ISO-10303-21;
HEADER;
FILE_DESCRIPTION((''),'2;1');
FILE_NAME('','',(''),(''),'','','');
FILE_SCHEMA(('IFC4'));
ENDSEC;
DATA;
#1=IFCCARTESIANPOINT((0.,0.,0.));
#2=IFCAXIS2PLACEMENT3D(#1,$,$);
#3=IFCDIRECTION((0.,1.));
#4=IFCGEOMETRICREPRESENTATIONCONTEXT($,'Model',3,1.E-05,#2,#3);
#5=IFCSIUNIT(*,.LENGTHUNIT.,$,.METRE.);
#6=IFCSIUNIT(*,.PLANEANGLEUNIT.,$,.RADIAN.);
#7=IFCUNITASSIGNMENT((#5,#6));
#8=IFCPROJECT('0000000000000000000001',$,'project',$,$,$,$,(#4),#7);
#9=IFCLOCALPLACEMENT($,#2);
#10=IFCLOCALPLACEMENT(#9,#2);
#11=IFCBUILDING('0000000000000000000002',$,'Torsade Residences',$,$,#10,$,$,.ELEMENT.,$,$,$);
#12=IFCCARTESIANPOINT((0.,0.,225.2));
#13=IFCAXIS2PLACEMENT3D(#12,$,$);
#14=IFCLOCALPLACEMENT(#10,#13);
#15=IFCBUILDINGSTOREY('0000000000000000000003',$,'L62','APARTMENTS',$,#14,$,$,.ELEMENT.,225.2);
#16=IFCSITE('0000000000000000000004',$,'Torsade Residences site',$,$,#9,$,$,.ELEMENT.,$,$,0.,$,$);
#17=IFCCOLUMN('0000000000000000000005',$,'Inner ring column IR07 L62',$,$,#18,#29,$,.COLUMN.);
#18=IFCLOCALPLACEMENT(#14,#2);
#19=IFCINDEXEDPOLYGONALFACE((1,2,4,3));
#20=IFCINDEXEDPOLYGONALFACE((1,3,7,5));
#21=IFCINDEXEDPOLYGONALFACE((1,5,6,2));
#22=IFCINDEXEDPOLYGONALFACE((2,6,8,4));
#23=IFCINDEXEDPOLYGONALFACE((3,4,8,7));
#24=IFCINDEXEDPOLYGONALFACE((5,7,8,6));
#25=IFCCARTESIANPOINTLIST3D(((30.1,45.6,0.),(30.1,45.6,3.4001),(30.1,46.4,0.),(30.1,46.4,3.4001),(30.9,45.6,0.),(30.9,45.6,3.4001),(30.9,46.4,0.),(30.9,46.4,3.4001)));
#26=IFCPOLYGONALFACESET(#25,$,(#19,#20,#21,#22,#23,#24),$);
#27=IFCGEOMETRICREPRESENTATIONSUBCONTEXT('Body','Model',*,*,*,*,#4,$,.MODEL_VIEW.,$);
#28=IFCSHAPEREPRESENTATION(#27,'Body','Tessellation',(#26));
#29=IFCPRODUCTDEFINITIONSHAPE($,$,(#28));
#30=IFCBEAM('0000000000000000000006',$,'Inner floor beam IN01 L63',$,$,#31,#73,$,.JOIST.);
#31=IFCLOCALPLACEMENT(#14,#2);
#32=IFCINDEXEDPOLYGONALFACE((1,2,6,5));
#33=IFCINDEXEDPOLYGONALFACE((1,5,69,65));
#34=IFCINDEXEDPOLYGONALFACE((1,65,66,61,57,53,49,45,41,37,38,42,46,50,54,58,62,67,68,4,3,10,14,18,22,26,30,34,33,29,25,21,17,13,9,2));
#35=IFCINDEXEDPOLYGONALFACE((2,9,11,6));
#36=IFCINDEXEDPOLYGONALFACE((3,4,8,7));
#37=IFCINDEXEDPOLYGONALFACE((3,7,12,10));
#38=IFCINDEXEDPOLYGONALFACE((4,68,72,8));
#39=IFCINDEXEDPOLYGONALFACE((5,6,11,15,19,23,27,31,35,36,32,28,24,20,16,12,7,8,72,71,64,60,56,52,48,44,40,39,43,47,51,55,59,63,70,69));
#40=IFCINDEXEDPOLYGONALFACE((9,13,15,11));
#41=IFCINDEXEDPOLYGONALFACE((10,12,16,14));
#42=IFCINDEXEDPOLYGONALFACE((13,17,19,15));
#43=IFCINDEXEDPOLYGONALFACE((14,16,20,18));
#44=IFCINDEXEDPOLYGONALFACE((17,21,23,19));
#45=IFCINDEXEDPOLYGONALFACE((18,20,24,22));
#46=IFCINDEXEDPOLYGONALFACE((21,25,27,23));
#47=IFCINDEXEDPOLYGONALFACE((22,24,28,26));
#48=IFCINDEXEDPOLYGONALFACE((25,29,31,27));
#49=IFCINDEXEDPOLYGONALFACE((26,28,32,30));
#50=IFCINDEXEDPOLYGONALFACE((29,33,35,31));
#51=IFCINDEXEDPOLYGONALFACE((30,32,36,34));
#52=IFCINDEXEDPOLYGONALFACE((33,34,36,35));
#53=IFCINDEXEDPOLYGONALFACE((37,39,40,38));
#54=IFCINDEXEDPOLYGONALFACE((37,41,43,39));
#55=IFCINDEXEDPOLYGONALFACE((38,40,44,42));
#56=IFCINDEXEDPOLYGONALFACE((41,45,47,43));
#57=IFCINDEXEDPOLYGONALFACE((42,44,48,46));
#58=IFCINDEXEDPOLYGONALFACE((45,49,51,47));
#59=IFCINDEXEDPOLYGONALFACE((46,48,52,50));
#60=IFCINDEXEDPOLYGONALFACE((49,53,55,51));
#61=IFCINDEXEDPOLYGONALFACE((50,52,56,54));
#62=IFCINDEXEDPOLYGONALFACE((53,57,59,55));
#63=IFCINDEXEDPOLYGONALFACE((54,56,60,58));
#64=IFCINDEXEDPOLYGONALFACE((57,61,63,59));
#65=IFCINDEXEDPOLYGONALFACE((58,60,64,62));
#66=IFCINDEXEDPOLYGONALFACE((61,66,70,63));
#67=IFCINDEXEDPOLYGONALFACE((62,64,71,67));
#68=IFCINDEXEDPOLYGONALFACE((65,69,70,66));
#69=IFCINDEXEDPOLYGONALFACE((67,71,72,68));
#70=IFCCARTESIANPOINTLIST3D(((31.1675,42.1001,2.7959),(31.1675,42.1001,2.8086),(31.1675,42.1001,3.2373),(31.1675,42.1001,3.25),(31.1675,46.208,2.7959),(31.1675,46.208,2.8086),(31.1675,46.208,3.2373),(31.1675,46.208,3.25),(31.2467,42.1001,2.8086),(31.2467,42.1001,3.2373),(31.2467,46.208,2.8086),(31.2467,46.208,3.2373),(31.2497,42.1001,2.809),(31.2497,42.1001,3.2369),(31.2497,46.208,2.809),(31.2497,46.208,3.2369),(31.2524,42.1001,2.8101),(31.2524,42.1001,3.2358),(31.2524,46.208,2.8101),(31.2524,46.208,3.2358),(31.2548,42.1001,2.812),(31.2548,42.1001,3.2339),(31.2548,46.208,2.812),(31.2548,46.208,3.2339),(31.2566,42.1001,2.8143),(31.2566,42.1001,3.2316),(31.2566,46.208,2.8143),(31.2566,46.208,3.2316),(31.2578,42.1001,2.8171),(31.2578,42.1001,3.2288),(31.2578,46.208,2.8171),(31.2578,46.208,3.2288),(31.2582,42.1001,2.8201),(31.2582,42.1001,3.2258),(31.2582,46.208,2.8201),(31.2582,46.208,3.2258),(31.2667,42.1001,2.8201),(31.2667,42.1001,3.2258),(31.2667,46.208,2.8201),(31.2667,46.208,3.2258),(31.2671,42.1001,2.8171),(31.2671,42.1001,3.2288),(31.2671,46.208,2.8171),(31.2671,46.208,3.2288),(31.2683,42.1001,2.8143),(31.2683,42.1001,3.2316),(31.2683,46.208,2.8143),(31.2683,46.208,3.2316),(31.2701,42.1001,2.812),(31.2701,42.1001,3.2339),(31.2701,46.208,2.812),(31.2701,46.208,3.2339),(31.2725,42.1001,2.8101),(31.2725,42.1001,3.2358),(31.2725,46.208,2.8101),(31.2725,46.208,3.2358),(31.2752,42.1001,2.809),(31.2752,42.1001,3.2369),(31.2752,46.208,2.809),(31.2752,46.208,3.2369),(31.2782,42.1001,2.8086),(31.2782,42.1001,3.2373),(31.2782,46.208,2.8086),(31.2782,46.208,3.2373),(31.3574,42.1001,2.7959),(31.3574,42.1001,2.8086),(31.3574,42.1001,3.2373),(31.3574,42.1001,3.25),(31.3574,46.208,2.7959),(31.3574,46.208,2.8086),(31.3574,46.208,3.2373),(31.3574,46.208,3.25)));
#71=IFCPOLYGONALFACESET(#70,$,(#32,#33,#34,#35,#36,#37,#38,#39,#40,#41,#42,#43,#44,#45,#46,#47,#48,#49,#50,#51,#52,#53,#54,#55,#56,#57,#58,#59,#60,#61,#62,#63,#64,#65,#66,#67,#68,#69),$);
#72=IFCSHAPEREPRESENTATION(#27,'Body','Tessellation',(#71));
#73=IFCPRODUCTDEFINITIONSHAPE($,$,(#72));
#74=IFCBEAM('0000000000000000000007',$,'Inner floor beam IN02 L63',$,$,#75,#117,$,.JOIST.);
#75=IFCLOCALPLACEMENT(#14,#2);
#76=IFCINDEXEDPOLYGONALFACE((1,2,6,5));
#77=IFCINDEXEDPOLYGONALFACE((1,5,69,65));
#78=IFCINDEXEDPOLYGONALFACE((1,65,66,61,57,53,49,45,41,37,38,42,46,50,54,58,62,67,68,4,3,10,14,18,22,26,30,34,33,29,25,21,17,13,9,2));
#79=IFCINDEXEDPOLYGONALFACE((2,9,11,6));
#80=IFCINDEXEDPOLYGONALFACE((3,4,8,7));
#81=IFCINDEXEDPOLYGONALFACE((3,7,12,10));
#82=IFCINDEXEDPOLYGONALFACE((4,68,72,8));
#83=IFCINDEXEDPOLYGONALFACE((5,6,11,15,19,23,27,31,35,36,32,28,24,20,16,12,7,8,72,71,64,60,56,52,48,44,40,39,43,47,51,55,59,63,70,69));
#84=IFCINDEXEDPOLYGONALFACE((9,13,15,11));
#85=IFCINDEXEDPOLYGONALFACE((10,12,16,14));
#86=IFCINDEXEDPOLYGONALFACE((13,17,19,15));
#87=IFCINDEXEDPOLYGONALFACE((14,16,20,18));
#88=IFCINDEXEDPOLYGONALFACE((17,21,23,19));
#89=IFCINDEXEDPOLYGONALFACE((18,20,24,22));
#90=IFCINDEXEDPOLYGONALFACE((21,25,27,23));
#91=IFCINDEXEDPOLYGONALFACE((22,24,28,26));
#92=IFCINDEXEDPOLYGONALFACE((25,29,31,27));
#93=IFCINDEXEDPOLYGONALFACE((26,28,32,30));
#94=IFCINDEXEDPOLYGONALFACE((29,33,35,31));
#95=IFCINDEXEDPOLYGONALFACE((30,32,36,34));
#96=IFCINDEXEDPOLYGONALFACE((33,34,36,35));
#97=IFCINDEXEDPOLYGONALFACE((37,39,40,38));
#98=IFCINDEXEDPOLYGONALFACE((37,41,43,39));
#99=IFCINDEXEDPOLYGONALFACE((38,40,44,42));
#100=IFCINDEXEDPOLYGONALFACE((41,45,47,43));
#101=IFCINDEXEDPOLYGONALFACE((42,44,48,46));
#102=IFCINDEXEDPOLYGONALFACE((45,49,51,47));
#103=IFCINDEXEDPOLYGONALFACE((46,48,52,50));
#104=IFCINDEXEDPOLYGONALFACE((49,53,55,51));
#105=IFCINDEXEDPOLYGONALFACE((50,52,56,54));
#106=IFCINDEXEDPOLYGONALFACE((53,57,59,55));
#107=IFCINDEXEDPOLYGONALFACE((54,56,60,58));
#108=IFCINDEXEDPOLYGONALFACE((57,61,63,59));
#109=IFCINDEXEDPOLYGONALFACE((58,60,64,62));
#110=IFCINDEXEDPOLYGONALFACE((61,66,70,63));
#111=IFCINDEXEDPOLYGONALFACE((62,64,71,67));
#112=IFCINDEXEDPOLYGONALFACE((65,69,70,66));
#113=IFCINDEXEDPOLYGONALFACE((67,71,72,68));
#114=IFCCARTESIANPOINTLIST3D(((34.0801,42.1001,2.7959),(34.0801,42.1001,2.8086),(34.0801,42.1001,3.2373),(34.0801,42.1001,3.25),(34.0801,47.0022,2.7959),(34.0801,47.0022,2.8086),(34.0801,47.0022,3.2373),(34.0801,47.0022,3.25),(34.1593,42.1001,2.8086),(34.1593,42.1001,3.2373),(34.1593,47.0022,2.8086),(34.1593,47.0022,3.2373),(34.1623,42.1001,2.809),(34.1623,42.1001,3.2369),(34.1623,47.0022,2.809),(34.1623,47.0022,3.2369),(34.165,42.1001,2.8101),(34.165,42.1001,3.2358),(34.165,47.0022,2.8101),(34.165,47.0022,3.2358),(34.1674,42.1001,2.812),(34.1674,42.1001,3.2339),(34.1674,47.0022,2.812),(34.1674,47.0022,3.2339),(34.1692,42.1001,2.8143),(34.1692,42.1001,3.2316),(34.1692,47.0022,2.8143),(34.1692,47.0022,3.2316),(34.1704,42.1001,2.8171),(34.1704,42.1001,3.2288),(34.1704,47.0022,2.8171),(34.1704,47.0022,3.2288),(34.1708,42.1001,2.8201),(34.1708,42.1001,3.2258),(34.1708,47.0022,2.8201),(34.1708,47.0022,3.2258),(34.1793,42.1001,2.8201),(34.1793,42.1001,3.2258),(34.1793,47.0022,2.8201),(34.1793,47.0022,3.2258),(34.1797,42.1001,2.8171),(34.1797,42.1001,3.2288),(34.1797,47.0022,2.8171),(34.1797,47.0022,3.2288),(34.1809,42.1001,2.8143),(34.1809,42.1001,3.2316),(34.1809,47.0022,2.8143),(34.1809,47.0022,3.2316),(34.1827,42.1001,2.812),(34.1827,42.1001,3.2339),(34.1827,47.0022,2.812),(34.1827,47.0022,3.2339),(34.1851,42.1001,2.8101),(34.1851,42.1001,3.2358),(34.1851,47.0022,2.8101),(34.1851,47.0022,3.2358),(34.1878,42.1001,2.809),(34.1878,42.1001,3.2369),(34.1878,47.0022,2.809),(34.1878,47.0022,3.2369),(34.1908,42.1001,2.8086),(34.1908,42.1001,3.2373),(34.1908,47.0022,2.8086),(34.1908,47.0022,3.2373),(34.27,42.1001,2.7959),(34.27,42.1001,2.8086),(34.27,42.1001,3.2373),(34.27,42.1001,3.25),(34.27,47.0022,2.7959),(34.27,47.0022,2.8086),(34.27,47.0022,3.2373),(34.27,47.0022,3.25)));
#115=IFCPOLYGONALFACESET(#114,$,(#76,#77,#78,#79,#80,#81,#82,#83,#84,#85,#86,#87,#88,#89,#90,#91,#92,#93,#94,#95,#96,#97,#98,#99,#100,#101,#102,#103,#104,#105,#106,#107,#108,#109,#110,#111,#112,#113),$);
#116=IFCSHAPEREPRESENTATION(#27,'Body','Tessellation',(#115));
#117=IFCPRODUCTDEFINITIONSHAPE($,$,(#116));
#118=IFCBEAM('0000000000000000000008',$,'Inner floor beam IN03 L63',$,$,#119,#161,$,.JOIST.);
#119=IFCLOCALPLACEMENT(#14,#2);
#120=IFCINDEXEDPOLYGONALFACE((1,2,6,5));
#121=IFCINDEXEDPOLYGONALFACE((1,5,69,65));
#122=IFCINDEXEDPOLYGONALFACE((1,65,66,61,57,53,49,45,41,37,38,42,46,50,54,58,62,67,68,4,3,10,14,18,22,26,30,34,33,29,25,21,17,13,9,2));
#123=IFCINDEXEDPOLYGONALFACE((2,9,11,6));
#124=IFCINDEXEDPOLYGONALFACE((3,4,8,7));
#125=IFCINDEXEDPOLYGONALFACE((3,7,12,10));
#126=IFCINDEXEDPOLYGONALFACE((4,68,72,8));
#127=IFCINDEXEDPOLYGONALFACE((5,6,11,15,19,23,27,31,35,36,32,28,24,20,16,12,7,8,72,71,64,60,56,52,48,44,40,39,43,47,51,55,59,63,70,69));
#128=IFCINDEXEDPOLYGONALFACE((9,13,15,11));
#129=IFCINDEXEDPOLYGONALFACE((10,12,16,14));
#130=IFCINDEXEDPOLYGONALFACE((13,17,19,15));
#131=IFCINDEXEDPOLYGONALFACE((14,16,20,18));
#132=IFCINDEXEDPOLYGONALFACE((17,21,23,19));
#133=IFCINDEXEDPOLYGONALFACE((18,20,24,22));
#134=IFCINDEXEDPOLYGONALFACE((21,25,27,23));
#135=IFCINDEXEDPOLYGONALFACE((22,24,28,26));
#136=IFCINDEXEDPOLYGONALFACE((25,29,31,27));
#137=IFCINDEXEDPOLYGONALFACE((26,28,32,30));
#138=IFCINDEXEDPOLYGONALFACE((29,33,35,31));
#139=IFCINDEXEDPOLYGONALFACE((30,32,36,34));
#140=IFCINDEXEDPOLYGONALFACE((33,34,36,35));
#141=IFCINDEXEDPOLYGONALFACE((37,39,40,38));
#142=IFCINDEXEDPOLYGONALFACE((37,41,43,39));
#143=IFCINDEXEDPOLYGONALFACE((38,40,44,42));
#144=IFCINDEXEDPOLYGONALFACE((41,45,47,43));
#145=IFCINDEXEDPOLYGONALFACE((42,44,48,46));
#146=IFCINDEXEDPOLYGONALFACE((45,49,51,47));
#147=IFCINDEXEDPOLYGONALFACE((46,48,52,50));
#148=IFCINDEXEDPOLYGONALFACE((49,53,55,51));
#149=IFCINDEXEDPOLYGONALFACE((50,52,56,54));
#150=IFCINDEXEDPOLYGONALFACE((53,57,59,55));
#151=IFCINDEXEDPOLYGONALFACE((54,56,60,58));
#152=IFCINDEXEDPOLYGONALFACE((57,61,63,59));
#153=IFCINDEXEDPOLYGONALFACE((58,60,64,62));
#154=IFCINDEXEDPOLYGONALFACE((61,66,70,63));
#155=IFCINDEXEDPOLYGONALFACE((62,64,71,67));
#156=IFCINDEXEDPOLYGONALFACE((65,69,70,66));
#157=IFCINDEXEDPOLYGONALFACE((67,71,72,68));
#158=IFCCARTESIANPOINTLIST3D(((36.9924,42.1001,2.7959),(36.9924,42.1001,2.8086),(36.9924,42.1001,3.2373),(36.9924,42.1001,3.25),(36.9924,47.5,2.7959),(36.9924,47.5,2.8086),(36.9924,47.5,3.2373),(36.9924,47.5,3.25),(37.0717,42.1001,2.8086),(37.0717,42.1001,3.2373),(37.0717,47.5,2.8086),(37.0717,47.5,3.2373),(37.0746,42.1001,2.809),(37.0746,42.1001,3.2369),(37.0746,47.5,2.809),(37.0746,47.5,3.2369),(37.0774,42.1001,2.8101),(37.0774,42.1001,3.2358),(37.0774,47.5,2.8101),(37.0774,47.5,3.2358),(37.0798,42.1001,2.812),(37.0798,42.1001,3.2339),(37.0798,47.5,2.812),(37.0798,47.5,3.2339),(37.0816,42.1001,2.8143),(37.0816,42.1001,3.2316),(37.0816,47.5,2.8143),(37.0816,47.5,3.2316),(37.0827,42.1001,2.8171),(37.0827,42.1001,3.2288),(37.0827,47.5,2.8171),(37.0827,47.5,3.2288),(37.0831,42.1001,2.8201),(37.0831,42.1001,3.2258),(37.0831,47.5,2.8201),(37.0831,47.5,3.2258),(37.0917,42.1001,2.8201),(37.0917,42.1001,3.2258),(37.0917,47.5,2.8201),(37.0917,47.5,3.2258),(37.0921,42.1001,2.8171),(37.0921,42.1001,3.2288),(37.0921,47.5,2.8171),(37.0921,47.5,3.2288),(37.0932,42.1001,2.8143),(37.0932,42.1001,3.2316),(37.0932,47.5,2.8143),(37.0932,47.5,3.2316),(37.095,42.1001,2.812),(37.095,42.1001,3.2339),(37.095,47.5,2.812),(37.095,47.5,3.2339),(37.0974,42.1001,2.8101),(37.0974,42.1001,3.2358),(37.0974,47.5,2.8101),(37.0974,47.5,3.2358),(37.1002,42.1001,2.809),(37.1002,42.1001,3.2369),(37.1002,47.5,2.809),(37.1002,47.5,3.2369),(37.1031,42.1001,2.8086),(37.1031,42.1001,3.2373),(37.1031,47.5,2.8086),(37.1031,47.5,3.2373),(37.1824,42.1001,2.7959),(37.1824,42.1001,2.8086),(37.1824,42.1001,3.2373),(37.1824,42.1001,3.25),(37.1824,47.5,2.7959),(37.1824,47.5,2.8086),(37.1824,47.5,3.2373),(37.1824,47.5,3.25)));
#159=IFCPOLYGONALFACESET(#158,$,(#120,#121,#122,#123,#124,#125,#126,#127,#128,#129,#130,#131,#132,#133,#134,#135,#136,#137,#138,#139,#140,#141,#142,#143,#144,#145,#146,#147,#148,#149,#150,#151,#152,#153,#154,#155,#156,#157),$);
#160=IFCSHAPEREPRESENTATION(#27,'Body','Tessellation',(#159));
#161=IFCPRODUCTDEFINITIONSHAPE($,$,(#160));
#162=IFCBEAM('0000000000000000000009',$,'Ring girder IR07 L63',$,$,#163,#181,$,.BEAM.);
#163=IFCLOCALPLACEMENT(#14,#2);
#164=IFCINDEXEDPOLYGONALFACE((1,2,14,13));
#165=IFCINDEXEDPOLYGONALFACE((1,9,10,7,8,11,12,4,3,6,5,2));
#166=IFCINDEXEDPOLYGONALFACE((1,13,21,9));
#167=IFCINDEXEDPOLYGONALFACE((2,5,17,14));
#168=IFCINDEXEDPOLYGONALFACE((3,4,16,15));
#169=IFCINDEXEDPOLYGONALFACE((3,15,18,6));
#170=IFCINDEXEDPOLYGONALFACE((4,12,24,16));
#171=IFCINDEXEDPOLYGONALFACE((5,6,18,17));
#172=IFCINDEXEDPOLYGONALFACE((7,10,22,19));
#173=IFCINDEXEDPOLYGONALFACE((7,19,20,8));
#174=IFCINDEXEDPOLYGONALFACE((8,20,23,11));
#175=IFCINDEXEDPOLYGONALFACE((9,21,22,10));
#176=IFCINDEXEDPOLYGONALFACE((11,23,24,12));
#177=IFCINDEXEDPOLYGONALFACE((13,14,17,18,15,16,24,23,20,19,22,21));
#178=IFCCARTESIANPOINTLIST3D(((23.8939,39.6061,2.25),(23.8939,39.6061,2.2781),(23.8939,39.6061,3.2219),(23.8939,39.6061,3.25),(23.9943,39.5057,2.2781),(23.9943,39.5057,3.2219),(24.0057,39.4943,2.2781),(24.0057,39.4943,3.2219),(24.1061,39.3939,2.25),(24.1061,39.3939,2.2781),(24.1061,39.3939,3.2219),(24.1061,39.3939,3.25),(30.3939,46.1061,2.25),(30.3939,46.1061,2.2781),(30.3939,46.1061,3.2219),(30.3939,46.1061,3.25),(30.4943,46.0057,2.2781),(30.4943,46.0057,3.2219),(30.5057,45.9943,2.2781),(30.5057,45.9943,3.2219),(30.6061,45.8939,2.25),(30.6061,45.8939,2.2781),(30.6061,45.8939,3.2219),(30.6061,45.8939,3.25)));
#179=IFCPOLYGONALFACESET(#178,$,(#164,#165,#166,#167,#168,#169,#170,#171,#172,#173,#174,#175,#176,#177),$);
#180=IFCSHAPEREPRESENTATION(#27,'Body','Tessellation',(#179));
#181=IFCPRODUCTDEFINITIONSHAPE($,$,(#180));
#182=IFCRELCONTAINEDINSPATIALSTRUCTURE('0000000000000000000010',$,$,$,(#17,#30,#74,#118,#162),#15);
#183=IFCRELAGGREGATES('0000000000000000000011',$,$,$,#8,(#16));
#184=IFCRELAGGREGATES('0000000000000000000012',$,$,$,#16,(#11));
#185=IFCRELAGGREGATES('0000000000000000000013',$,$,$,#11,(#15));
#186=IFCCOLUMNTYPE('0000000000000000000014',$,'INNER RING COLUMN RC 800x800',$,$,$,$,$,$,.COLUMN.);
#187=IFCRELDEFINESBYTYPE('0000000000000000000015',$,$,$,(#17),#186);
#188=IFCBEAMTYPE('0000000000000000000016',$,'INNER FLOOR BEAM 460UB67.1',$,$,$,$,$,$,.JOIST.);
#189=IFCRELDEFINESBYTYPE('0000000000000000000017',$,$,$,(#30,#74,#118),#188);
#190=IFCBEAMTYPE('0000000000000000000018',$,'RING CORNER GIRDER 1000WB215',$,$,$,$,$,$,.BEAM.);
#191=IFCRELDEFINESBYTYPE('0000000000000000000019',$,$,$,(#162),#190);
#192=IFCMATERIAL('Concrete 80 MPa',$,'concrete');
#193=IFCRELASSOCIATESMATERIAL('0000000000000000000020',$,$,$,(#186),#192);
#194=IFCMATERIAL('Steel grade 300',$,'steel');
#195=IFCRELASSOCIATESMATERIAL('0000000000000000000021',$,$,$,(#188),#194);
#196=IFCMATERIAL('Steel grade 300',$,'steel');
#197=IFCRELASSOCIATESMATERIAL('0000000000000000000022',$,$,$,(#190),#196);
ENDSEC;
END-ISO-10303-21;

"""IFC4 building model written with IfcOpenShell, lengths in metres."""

from ifc_helpers import new_model, si_unit, direction, frame, origin, origin_2d, place, context, subcontext, project, spatial, rectangle, i_section, extrude, material, material_profile, profile_set, type_object, element, save


model = new_model("IFC4")

# Units and contexts
model_context = context("Model", 3, precision=1e-05, world=origin(), true_north=direction((0.0, 1.0)))
body_context = subcontext(model_context, "Body", "Model", "MODEL_VIEW")
ifc_project = project(units=[si_unit("LENGTHUNIT", "METRE"), si_unit("PLANEANGLEUNIT", "RADIAN")], contexts=[model_context])

# Site, building, storey
site_placement = place(None, origin())
site = spatial("IfcSite", under=ifc_project, at=site_placement, Name="Torsade Residences site", CompositionType="ELEMENT", RefElevation=0.0)
building_placement = place(site_placement, origin())
building = spatial("IfcBuilding", under=site, at=building_placement, Name="Torsade Residences", CompositionType="ELEMENT")
storey_placement = place(building_placement, frame((0.0, 0.0, 225.2)))
storey = spatial("IfcBuildingStorey", under=building, at=storey_placement, Name="L62", Description="APARTMENTS", CompositionType="ELEMENT", Elevation=225.2)

# Column
ifc_material_1 = material(Name="Concrete 80 MPa", Category="concrete")
ifc_material_profile_1 = material_profile(ifc_material_1, rectangle(XDim=0.8, YDim=0.8, at=origin_2d()), Name="RC 800x800")
ifc_profile_set_1 = profile_set([ifc_material_profile_1], Name="Concrete 80 MPa")
column_type = type_object("IfcColumnType", Name="INNER RING COLUMN RC 800x800", PredefinedType="COLUMN", material=ifc_profile_set_1)
column_placement = place(storey_placement, frame((30.5, 46.0, 0.0), z_axis=(0.0, 0.0, 1.0), x_axis=(1.0, 0.0, 0.0)))
element("IfcColumn", 1, at=column_placement, inside=storey, type_object=column_type, Name="Inner ring column IR07 L62", PredefinedType="COLUMN", context=body_context, shape_type="SweptSolid", body=[
    extrude(rectangle(XDim=0.8, YDim=0.8, at=origin_2d()), origin(), (0.0, 0.0, 1.0), 3.4001),
])

# Beams
ifc_material_2 = material(Name="Steel grade 300", Category="steel")
ifc_material_profile_2 = material_profile(ifc_material_2, i_section(OverallWidth=0.1899, OverallDepth=0.4541, WebThickness=0.0085, FlangeThickness=0.0127, FilletRadius=0.0115, at=origin_2d()), Name="460UB67.1")
ifc_profile_set_2 = profile_set([ifc_material_profile_2], Name="Steel grade 300")
beam_type_1 = type_object("IfcBeamType", Name="INNER FLOOR BEAM 460UB67.1", PredefinedType="JOIST", material=ifc_profile_set_2)
beam_1_placement = place(storey_placement, frame((31.2625, 42.1001, 3.0229), z_axis=(0.0, 1.0, 0.0), x_axis=(-1.0, 0.0, 0.0)))
element("IfcBeam", 2, at=beam_1_placement, inside=storey, type_object=beam_type_1, Name="Inner floor beam IN01 L63", PredefinedType="JOIST", context=body_context, shape_type="SweptSolid", body=[
    extrude(i_section(OverallWidth=0.1899, OverallDepth=0.4541, WebThickness=0.0085, FlangeThickness=0.0127, FilletRadius=0.0115, at=origin_2d()), origin(), (0.0, 0.0, 1.0), 4.1079),
])
beam_2_placement = place(storey_placement, frame((34.175, 42.1001, 3.0229), z_axis=(0.0, 1.0, 0.0), x_axis=(-1.0, 0.0, 0.0)))
element("IfcBeam", 3, at=beam_2_placement, inside=storey, type_object=beam_type_1, Name="Inner floor beam IN02 L63", PredefinedType="JOIST", context=body_context, shape_type="SweptSolid", body=[
    extrude(i_section(OverallWidth=0.1899, OverallDepth=0.4541, WebThickness=0.0085, FlangeThickness=0.0127, FilletRadius=0.0115, at=origin_2d()), origin(), (0.0, 0.0, 1.0), 4.9021),
])
beam_3_placement = place(storey_placement, frame((37.0874, 42.1001, 3.0229), z_axis=(0.0, 1.0, 0.0), x_axis=(-1.0, 0.0, 0.0)))
element("IfcBeam", 4, at=beam_3_placement, inside=storey, type_object=beam_type_1, Name="Inner floor beam IN03 L63", PredefinedType="JOIST", context=body_context, shape_type="SweptSolid", body=[
    extrude(i_section(OverallWidth=0.1899, OverallDepth=0.4541, WebThickness=0.0085, FlangeThickness=0.0127, FilletRadius=0.0115, at=origin_2d()), origin(), (0.0, 0.0, 1.0), 5.3999),
])
ifc_material_3 = material(Name="Steel grade 300", Category="steel")
ifc_material_profile_3 = material_profile(ifc_material_3, i_section(OverallWidth=0.3, OverallDepth=1.0, WebThickness=0.0161, FlangeThickness=0.0281, at=origin_2d()), Name="1000WB215")
ifc_profile_set_3 = profile_set([ifc_material_profile_3], Name="Steel grade 300")
beam_type_2 = type_object("IfcBeamType", Name="RING CORNER GIRDER 1000WB215", PredefinedType="BEAM", material=ifc_profile_set_3)
beam_4_placement = place(storey_placement, frame((30.5, 46.0, 2.75), z_axis=(-0.707107, -0.707107, 0.0), x_axis=(0.707107, -0.707107, 0.0)))
element("IfcBeam", 5, at=beam_4_placement, inside=storey, type_object=beam_type_2, Name="Ring girder IR07 L63", PredefinedType="BEAM", context=body_context, shape_type="SweptSolid", body=[
    extrude(i_section(OverallWidth=0.3, OverallDepth=1.0, WebThickness=0.0161, FlangeThickness=0.0281, at=origin_2d()), origin(), (0.0, 0.0, 1.0), 9.1924),
])

save(model, "model.ifc")
